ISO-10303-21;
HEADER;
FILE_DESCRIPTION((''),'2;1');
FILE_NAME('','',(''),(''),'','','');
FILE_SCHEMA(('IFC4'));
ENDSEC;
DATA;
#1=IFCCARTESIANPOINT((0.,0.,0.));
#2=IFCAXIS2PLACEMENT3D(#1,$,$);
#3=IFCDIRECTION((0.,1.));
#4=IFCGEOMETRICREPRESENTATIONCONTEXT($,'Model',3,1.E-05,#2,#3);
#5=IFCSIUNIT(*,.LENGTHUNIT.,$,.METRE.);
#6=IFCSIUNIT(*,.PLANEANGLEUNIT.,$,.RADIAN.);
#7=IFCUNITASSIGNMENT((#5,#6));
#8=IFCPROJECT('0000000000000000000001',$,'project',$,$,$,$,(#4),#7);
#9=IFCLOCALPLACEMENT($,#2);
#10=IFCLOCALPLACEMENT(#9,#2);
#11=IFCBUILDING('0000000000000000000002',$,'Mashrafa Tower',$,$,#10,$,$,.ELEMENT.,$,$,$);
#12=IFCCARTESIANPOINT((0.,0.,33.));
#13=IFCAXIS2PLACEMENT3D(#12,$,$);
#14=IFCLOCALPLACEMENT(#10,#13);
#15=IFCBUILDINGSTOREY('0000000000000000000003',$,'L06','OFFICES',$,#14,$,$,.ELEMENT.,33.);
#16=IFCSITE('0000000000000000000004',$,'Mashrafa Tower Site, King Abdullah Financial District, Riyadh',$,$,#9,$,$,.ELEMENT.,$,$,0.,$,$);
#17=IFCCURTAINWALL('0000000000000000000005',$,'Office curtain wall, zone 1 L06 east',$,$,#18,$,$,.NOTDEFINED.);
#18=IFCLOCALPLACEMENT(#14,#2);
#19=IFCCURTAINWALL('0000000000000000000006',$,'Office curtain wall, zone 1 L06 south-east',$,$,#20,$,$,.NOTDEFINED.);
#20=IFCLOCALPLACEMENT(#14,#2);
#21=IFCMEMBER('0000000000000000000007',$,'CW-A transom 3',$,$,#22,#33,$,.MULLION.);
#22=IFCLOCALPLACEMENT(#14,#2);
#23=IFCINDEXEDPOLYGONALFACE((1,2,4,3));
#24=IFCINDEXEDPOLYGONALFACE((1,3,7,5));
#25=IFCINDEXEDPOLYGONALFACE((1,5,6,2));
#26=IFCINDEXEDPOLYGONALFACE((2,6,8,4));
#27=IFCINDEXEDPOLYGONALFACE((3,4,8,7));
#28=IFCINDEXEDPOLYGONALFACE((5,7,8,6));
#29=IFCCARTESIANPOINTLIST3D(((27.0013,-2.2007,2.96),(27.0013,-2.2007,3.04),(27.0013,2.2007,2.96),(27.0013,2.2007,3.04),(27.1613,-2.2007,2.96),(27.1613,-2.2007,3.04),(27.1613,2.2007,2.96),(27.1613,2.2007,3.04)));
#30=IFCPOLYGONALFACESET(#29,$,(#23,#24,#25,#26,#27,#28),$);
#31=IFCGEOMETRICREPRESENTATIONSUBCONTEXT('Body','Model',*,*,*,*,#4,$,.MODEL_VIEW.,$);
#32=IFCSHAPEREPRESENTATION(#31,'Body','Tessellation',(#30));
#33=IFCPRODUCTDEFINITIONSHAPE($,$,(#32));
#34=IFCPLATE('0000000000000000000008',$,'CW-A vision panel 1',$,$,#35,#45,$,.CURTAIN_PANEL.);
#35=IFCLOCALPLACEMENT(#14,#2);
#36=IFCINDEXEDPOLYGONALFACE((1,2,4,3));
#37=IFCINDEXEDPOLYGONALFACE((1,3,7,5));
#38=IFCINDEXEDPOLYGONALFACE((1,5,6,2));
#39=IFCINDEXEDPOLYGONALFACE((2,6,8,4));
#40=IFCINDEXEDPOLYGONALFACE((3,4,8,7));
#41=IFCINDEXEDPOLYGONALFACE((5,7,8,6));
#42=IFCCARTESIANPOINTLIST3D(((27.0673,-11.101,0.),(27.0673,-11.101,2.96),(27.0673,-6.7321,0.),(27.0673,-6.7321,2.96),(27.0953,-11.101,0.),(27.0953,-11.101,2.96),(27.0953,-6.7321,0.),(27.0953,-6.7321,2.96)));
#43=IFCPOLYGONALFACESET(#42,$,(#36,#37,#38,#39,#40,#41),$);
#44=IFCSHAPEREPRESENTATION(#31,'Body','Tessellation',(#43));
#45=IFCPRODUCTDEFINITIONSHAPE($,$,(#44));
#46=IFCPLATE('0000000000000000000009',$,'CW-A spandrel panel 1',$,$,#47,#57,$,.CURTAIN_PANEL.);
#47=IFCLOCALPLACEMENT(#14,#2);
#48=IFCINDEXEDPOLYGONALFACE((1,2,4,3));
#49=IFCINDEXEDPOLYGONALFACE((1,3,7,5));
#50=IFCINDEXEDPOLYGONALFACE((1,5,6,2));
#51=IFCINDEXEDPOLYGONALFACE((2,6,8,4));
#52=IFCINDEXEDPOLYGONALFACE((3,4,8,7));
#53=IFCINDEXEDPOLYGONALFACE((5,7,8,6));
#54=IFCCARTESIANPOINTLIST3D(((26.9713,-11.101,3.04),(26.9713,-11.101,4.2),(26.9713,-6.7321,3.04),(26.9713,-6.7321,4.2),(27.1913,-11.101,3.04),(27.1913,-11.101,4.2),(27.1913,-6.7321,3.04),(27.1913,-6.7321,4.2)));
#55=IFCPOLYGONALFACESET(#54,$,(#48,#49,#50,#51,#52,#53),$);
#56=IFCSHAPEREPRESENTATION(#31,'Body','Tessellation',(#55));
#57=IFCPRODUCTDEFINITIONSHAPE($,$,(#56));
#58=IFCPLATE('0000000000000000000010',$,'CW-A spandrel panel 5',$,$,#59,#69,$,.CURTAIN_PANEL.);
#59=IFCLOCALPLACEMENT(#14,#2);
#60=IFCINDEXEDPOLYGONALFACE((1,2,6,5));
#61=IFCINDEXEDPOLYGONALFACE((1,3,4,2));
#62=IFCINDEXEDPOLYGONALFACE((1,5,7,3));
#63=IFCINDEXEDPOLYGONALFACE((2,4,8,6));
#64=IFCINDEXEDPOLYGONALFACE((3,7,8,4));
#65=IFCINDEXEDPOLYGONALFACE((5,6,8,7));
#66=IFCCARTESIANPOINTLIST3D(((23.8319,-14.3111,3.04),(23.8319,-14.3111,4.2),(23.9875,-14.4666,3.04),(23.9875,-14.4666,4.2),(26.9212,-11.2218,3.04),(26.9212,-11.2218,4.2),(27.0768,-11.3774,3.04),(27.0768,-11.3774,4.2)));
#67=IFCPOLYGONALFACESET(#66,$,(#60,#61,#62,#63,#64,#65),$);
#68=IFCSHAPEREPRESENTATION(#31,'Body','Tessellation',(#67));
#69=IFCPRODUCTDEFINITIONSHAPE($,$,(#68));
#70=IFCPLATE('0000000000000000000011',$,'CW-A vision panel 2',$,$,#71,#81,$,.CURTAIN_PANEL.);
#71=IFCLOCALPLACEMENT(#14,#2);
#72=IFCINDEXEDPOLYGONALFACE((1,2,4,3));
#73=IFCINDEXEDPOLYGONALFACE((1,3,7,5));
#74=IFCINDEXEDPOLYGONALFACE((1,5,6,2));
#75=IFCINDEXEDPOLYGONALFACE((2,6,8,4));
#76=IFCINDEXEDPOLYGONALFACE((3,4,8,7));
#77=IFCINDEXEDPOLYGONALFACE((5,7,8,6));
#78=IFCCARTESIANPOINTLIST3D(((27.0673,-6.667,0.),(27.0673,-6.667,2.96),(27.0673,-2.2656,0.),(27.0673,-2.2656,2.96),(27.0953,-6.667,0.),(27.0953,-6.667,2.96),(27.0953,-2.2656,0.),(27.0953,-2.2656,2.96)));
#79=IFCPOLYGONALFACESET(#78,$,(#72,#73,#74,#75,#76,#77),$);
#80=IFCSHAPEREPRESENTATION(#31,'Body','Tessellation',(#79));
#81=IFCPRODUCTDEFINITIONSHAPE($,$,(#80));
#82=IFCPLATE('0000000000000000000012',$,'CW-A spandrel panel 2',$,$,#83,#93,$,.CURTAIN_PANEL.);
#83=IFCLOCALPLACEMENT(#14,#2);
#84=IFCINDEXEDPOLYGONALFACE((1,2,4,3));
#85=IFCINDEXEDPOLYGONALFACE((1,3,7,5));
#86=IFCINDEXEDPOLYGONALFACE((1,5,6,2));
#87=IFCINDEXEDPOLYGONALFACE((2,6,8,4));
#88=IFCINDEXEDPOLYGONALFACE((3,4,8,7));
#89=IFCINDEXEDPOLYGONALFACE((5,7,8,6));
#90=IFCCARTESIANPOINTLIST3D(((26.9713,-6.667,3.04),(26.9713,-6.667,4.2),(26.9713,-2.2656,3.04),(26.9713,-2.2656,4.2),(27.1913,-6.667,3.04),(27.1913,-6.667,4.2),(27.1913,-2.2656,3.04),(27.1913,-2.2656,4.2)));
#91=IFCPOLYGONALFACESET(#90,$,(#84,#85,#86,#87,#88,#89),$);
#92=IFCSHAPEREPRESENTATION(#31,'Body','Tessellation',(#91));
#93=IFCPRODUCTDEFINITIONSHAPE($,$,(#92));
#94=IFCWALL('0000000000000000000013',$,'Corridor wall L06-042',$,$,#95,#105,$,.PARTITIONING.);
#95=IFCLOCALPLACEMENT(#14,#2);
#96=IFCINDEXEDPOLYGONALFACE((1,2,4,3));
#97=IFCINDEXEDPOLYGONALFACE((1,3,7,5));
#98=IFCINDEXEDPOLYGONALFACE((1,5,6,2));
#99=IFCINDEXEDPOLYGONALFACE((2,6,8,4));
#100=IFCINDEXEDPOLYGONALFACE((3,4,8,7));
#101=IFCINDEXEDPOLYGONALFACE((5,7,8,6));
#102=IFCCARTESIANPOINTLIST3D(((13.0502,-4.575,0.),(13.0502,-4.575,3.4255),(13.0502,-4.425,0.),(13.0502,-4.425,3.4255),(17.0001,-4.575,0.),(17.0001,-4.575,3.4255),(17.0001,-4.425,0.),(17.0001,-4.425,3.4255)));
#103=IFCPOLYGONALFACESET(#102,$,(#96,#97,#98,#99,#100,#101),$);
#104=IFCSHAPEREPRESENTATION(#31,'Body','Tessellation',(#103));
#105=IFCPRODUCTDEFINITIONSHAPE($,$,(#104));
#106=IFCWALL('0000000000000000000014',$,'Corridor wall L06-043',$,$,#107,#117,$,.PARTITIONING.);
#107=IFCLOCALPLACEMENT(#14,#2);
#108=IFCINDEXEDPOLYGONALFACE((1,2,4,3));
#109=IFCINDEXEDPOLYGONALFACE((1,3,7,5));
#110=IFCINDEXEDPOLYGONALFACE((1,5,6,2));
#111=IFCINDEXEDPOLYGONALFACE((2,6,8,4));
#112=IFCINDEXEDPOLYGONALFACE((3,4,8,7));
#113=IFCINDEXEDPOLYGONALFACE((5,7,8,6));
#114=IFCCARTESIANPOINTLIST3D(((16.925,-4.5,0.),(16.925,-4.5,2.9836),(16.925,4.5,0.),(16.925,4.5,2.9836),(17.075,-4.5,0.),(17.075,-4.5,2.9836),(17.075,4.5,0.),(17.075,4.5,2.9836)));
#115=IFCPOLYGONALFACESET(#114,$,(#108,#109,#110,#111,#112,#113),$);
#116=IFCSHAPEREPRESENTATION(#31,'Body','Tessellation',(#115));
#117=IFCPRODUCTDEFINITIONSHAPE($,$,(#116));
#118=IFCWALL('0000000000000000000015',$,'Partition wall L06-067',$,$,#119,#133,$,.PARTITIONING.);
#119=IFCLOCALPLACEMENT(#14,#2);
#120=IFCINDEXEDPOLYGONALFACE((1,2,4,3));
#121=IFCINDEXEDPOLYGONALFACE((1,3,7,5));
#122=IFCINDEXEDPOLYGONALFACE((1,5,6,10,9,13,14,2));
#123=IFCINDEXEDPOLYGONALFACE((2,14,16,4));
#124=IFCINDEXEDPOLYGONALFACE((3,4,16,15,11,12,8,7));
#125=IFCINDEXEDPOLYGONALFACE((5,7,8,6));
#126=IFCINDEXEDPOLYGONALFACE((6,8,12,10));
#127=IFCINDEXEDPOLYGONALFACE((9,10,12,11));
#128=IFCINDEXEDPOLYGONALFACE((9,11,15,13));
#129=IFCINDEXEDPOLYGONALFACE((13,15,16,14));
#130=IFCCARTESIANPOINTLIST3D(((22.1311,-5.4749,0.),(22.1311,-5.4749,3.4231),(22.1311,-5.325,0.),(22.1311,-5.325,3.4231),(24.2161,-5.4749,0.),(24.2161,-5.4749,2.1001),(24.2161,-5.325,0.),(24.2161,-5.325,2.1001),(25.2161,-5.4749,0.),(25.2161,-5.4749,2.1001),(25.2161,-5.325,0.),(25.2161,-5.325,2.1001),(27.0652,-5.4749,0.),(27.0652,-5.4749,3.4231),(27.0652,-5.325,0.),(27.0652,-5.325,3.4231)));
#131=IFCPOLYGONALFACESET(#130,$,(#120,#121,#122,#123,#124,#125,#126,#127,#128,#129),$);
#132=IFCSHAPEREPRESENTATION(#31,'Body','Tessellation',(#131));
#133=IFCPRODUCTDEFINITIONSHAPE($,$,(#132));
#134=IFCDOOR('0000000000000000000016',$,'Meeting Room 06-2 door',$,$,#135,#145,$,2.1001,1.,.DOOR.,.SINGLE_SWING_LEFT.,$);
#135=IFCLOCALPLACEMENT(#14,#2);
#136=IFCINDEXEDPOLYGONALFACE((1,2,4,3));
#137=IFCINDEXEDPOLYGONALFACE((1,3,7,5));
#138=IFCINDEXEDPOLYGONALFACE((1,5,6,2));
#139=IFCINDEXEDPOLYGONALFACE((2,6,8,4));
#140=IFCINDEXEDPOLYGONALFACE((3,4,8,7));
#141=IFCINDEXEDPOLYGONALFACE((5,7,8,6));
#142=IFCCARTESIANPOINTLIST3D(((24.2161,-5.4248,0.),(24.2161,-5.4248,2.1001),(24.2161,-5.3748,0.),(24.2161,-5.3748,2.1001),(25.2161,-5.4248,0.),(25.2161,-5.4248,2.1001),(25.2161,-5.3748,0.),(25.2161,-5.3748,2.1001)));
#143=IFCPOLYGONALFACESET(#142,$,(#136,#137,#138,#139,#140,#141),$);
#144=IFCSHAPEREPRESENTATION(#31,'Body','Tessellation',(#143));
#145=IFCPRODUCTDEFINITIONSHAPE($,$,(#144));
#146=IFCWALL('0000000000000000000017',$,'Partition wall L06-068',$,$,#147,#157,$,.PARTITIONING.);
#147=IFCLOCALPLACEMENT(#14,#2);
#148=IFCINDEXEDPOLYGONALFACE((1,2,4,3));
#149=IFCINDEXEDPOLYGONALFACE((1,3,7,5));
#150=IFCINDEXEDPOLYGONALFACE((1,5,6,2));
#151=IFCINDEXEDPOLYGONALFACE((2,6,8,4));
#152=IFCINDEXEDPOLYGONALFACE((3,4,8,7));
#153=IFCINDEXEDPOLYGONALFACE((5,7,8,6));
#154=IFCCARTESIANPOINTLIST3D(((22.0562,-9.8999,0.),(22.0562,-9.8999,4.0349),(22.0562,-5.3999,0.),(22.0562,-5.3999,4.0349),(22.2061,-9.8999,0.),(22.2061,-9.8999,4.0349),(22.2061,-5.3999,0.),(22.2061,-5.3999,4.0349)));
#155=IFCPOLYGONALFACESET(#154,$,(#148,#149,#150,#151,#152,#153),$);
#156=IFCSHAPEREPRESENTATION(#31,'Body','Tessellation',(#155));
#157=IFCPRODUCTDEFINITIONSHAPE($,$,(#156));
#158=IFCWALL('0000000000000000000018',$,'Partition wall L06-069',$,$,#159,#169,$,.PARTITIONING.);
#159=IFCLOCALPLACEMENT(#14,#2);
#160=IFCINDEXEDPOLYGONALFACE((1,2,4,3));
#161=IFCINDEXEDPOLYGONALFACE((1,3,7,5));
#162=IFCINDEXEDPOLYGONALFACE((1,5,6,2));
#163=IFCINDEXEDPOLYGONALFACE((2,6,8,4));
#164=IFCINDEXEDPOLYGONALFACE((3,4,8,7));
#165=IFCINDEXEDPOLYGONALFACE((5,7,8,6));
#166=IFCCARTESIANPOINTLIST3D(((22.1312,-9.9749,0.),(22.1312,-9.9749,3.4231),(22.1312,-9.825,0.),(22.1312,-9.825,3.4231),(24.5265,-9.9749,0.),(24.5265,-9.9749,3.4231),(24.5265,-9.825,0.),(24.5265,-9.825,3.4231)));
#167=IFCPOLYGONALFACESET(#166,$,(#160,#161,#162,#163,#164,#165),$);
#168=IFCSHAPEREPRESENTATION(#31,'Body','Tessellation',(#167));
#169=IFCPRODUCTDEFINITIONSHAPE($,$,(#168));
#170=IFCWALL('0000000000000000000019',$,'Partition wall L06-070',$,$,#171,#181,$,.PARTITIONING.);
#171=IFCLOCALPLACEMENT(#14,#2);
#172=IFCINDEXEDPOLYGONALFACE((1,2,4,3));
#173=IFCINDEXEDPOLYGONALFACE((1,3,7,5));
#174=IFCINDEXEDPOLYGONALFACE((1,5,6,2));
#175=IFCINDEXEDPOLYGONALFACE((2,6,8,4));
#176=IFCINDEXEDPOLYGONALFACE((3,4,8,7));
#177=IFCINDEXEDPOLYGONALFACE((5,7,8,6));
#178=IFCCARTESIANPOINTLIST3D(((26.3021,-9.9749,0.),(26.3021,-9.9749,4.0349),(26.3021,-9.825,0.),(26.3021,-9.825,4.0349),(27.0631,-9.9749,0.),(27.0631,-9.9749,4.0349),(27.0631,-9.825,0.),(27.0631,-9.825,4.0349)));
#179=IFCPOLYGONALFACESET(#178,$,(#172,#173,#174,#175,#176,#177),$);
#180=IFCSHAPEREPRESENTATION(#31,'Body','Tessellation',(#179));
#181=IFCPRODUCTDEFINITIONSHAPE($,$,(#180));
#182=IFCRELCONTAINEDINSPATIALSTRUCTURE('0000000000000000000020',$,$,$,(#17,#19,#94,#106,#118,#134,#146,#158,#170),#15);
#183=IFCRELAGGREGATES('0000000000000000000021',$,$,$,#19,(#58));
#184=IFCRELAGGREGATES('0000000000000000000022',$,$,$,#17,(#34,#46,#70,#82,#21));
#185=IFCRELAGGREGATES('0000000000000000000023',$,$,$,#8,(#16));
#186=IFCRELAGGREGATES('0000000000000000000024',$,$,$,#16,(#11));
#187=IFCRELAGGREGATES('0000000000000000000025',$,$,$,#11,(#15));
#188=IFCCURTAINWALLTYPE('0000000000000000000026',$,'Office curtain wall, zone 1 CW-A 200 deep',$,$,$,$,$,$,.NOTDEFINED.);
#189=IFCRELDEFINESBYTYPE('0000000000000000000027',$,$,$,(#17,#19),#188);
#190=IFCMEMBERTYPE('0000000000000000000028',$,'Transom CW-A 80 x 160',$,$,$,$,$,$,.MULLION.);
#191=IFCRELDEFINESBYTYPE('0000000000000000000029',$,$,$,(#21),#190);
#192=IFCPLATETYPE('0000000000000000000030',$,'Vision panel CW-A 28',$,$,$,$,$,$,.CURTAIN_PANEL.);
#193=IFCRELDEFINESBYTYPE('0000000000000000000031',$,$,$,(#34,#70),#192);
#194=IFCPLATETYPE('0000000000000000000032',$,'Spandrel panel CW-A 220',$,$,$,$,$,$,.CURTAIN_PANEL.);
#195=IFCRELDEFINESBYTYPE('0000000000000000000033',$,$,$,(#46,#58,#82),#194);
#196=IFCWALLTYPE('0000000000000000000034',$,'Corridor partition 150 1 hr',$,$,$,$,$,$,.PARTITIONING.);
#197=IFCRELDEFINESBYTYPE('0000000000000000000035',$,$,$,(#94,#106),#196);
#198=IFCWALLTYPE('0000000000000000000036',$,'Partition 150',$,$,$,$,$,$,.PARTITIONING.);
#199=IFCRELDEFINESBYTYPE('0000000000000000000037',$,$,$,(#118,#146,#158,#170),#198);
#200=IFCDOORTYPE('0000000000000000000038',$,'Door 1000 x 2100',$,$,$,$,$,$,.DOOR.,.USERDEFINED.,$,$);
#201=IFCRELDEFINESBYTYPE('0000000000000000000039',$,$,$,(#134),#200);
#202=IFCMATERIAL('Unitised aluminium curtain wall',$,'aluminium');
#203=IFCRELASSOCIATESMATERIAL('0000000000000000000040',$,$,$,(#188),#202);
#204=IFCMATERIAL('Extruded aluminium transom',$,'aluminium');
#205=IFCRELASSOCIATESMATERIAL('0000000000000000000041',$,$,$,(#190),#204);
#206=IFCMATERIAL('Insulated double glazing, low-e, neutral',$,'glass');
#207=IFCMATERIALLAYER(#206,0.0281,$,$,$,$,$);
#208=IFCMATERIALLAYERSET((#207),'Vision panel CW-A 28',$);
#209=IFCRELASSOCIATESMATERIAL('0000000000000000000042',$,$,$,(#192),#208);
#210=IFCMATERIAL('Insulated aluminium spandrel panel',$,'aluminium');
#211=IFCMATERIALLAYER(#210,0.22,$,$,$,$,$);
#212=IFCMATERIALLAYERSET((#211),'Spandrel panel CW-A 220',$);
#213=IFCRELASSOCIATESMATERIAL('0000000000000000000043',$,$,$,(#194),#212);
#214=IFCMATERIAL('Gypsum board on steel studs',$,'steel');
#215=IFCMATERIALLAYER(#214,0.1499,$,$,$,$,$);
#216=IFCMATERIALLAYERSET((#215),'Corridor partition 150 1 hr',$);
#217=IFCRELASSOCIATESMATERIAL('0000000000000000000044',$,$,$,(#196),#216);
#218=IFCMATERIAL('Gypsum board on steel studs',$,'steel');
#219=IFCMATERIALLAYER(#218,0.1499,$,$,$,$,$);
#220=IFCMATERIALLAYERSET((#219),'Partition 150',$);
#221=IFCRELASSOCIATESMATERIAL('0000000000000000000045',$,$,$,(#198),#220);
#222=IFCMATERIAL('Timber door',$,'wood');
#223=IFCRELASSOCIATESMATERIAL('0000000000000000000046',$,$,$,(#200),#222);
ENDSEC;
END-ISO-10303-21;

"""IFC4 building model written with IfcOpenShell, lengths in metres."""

from ifc_helpers import new_model, si_unit, direction, frame, frame_2d, origin, origin_2d, place, context, subcontext, project, spatial, rectangle, extrude, source, transform, mapped, material, layer, layer_set, material_profile, profile_set, type_object, type_shapes, element, fill, aggregate, save


model = new_model("IFC4")

# Units and contexts
model_context = context("Model", 3, precision=1e-05, world=origin(), true_north=direction((0.0, 1.0)))
body_context = subcontext(model_context, "Body", "Model", "MODEL_VIEW")
ifc_project = project(units=[si_unit("LENGTHUNIT", "METRE"), si_unit("PLANEANGLEUNIT", "RADIAN")], contexts=[model_context])

# Site, building, storey
site_placement = place(None, origin())
site = spatial("IfcSite", under=ifc_project, at=site_placement, Name="Mashrafa Tower Site, King Abdullah Financial District, Riyadh", CompositionType="ELEMENT", RefElevation=0.0)
building_placement = place(site_placement, origin())
building = spatial("IfcBuilding", under=site, at=building_placement, Name="Mashrafa Tower", CompositionType="ELEMENT")
storey_placement = place(building_placement, frame((0.0, 0.0, 33.0)))
storey = spatial("IfcBuildingStorey", under=building, at=storey_placement, Name="L06", Description="OFFICES", CompositionType="ELEMENT", Elevation=33.0)

# Curtain wall
ifc_material_1 = material(Name="Unitised aluminium curtain wall", Category="aluminium")
curtain_wall_type = type_object("IfcCurtainWallType", Name="Office curtain wall, zone 1 CW-A 200 deep", PredefinedType="NOTDEFINED", material=ifc_material_1)
curtain_wall_1_placement = place(storey_placement, origin())
curtain_wall_1 = element("IfcCurtainWall", 1, at=curtain_wall_1_placement, inside=storey, type_object=curtain_wall_type, Name="Office curtain wall, zone 1 L06 east", PredefinedType="NOTDEFINED")

# Curtain wall
curtain_wall_2_placement = place(storey_placement, origin())
curtain_wall_2 = element("IfcCurtainWall", 2, at=curtain_wall_2_placement, inside=storey, type_object=curtain_wall_type, Name="Office curtain wall, zone 1 L06 south-east", PredefinedType="NOTDEFINED")

# Member
ifc_material_2 = material(Name="Extruded aluminium transom", Category="aluminium")
ifc_material_profile_1 = material_profile(ifc_material_2, rectangle(XDim=0.1599, YDim=0.0801, at=origin_2d()), Name="Transom 80x160")
ifc_profile_set_1 = profile_set([ifc_material_profile_1], Name="Extruded aluminium transom")
member_type_1 = type_object("IfcMemberType", Name="Transom CW-A 80 x 160", PredefinedType="MULLION", material=ifc_profile_set_1)
shared_shape_1 = source(origin(), body_context, "Body", "SweptSolid", [
    extrude(rectangle(XDim=0.1599, YDim=0.0801, at=origin_2d()), origin(), (0.0, 0.0, 1.0), 4.4014),
])
member_1_placement = place(storey_placement, frame((27.0813, -2.2007, 3.0), z_axis=(0.0, 1.0, 0.0), x_axis=(-1.0, 0.0, 0.0)))
member_1 = element("IfcMember", 3, at=member_1_placement, type_object=member_type_1, Name="CW-A transom 3", PredefinedType="MULLION", context=body_context, shape_type="MappedRepresentation", body=[
    mapped(shared_shape_1, transform((0.0, 0.0, 0.0))),
])

# Plates
ifc_material_3 = material(Name="Insulated double glazing, low-e, neutral", Category="glass")
ifc_layer_1 = layer(ifc_material_3, 0.0281)
ifc_layer_set_1 = layer_set([ifc_layer_1], Name="Vision panel CW-A 28")
plate_type_1 = type_object("IfcPlateType", Name="Vision panel CW-A 28", PredefinedType="CURTAIN_PANEL", material=ifc_layer_set_1)
shared_shape_2 = source(origin(), body_context, "Body", "SweptSolid", [
    extrude(rectangle(XDim=4.3689, YDim=0.0281, at=origin_2d()), origin(), (0.0, 0.0, 1.0), 2.96),
])
plate_1_placement = place(storey_placement, frame((27.0813, -8.9165, 0.0), z_axis=(0.0, 0.0, 1.0), x_axis=(0.0, 1.0, 0.0)))
plate_1 = element("IfcPlate", 4, at=plate_1_placement, type_object=plate_type_1, Name="CW-A vision panel 1", PredefinedType="CURTAIN_PANEL", context=body_context, shape_type="MappedRepresentation", body=[
    mapped(shared_shape_2, transform((0.0, 0.0, 0.0))),
])
ifc_material_4 = material(Name="Insulated aluminium spandrel panel", Category="aluminium")
ifc_layer_2 = layer(ifc_material_4, 0.22)
ifc_layer_set_2 = layer_set([ifc_layer_2], Name="Spandrel panel CW-A 220")
plate_type_2 = type_object("IfcPlateType", Name="Spandrel panel CW-A 220", PredefinedType="CURTAIN_PANEL", material=ifc_layer_set_2)
shared_shape_3 = source(origin(), body_context, "Body", "SweptSolid", [
    extrude(rectangle(XDim=4.3689, YDim=0.22, at=origin_2d()), origin(), (0.0, 0.0, 1.0), 1.1599),
])
plate_2_placement = place(storey_placement, frame((27.0813, -8.9165, 3.04), z_axis=(0.0, 0.0, 1.0), x_axis=(0.0, 1.0, 0.0)))
plate_2 = element("IfcPlate", 5, at=plate_2_placement, type_object=plate_type_2, Name="CW-A spandrel panel 1", PredefinedType="CURTAIN_PANEL", context=body_context, shape_type="MappedRepresentation", body=[
    mapped(shared_shape_3, transform((0.0, 0.0, 0.0))),
])
plate_3_placement = place(storey_placement, frame((25.4543, -12.8442, 3.04), z_axis=(0.0, 0.0, 1.0), x_axis=(0.707107, 0.707107, 0.0)))
plate_3 = element("IfcPlate", 6, at=plate_3_placement, type_object=plate_type_2, Name="CW-A spandrel panel 5", PredefinedType="CURTAIN_PANEL", context=body_context, shape_type="MappedRepresentation", body=[
    mapped(shared_shape_3, transform((0.0, 0.0, 0.0))),
])
aggregate(curtain_wall_2, [plate_3])
shared_shape_4 = source(origin(), body_context, "Body", "SweptSolid", [
    extrude(rectangle(XDim=4.4014, YDim=0.0281, at=origin_2d()), origin(), (0.0, 0.0, 1.0), 2.96),
])
type_shapes(plate_type_1, [shared_shape_2, shared_shape_4])
plate_4_placement = place(storey_placement, frame((27.0813, -4.4663, 0.0), z_axis=(0.0, 0.0, 1.0), x_axis=(0.0, 1.0, 0.0)))
plate_4 = element("IfcPlate", 7, at=plate_4_placement, type_object=plate_type_1, Name="CW-A vision panel 2", PredefinedType="CURTAIN_PANEL", context=body_context, shape_type="MappedRepresentation", body=[
    mapped(shared_shape_4, transform((0.0, 0.0, 0.0))),
])
shared_shape_5 = source(origin(), body_context, "Body", "SweptSolid", [
    extrude(rectangle(XDim=4.4014, YDim=0.22, at=origin_2d()), origin(), (0.0, 0.0, 1.0), 1.1599),
])
type_shapes(plate_type_2, [shared_shape_3, shared_shape_5])
plate_5_placement = place(storey_placement, frame((27.0813, -4.4663, 3.04), z_axis=(0.0, 0.0, 1.0), x_axis=(0.0, 1.0, 0.0)))
plate_5 = element("IfcPlate", 8, at=plate_5_placement, type_object=plate_type_2, Name="CW-A spandrel panel 2", PredefinedType="CURTAIN_PANEL", context=body_context, shape_type="MappedRepresentation", body=[
    mapped(shared_shape_5, transform((0.0, 0.0, 0.0))),
])
aggregate(curtain_wall_1, [plate_1, plate_2, plate_4, plate_5, member_1])

# Shared definitions
ifc_material_5 = material(Name="Gypsum board on steel studs", Category="steel")
ifc_layer_3 = layer(ifc_material_5, 0.1499)
ifc_layer_set_3 = layer_set([ifc_layer_3], Name="Corridor partition 150 1 hr")
wall_type_1 = type_object("IfcWallType", Name="Corridor partition 150 1 hr", PredefinedType="PARTITIONING", material=ifc_layer_set_3)

# Walls
wall_1_placement = place(storey_placement, frame((13.05, -4.5, 0.0), z_axis=(0.0, 0.0, 1.0), x_axis=(1.0, 0.0, 0.0)))
element("IfcWall", 9, at=wall_1_placement, inside=storey, type_object=wall_type_1, Name="Corridor wall L06-042", PredefinedType="PARTITIONING", context=body_context, shape_type="SweptSolid", body=[
    extrude(rectangle(XDim=3.95, YDim=0.1499, at=frame_2d((1.9751, 0.0))), origin(), (0.0, 0.0, 1.0), 3.4255),
])
wall_2_placement = place(storey_placement, frame((17.0, -4.5, 0.0), z_axis=(0.0, 0.0, 1.0), x_axis=(0.0, 1.0, 0.0)))
element("IfcWall", 10, at=wall_2_placement, inside=storey, type_object=wall_type_1, Name="Corridor wall L06-043", PredefinedType="PARTITIONING", context=body_context, shape_type="SweptSolid", body=[
    extrude(rectangle(XDim=9.0, YDim=0.1499, at=frame_2d((4.5, 0.0))), origin(), (0.0, 0.0, 1.0), 2.9836),
])

# Wall, opening, door
ifc_material_6 = material(Name="Gypsum board on steel studs", Category="steel")
ifc_layer_4 = layer(ifc_material_6, 0.1499)
ifc_layer_set_4 = layer_set([ifc_layer_4], Name="Partition 150")
wall_type_2 = type_object("IfcWallType", Name="Partition 150", PredefinedType="PARTITIONING", material=ifc_layer_set_4)
wall_3_placement = place(storey_placement, frame((27.0652, -5.3999, 0.0), z_axis=(0.0, 0.0, 1.0), x_axis=(-1.0, 0.0, 0.0)))
wall_3 = element("IfcWall", 11, at=wall_3_placement, inside=storey, type_object=wall_type_2, Name="Partition wall L06-067", PredefinedType="PARTITIONING", context=body_context, shape_type="SweptSolid", body=[
    extrude(rectangle(XDim=4.9341, YDim=0.1499, at=frame_2d((2.467, 0.0))), origin(), (0.0, 0.0, 1.0), 3.4231),
])
opening_1_placement = place(wall_3_placement, frame((1.8491, 0.0, 0.0)))
opening_1 = element("IfcOpeningElement", 12, at=opening_1_placement, cuts=wall_3, PredefinedType="OPENING", context=body_context, shape_type="SweptSolid", body=[
    extrude(rectangle(XDim=1.0, YDim=2.1001, at=frame_2d((0.5, 1.05))), frame((0.0, 0.085, 0.0), z_axis=(0.0, -1.0, 0.0), x_axis=(1.0, 0.0, 0.0)), (0.0, 0.0, 1.0), 0.1699),
])
ifc_material_7 = material(Name="Timber door", Category="wood")
door_type_1 = type_object("IfcDoorType", Name="Door 1000 x 2100", OperationType="USERDEFINED", PredefinedType="DOOR", material=ifc_material_7)
door_1_placement = place(opening_1_placement, origin())
door_1 = element("IfcDoor", 13, at=door_1_placement, inside=storey, type_object=door_type_1, Name="Meeting Room 06-2 door", OperationType="SINGLE_SWING_LEFT", OverallHeight=2.1001, OverallWidth=1.0, PredefinedType="DOOR", context=body_context, shape_type="SweptSolid", body=[
    extrude(rectangle(XDim=1.0, YDim=2.1001, at=frame_2d((0.5, 1.05))), frame((0.0, 0.0249, 0.0), z_axis=(0.0, -1.0, 0.0), x_axis=(1.0, 0.0, 0.0)), (0.0, 0.0, 1.0), 0.05),
])
fill(opening_1, door_1)

# Walls
wall_4_placement = place(storey_placement, frame((22.1311, -5.3999, 0.0), z_axis=(0.0, 0.0, 1.0), x_axis=(0.0, -1.0, 0.0)))
element("IfcWall", 14, at=wall_4_placement, inside=storey, type_object=wall_type_2, Name="Partition wall L06-068", PredefinedType="PARTITIONING", context=body_context, shape_type="SweptSolid", body=[
    extrude(rectangle(XDim=4.5, YDim=0.1499, at=frame_2d((2.25, 0.0))), origin(), (0.0, 0.0, 1.0), 4.0349),
])
wall_5_placement = place(storey_placement, frame((22.1311, -9.8999, 0.0), z_axis=(0.0, 0.0, 1.0), x_axis=(1.0, 0.0, 0.0)))
element("IfcWall", 15, at=wall_5_placement, inside=storey, type_object=wall_type_2, Name="Partition wall L06-069", PredefinedType="PARTITIONING", context=body_context, shape_type="SweptSolid", body=[
    extrude(rectangle(XDim=2.3953, YDim=0.1499, at=frame_2d((1.1978, 0.0))), origin(), (0.0, 0.0, 1.0), 3.4231),
])
wall_6_placement = place(storey_placement, frame((26.3022, -9.8999, 0.0), z_axis=(0.0, 0.0, 1.0), x_axis=(1.0, 0.0, 0.0)))
element("IfcWall", 16, at=wall_6_placement, inside=storey, type_object=wall_type_2, Name="Partition wall L06-070", PredefinedType="PARTITIONING", context=body_context, shape_type="SweptSolid", body=[
    extrude(rectangle(XDim=0.761, YDim=0.1499, at=frame_2d((0.3804, 0.0))), origin(), (0.0, 0.0, 1.0), 4.0349),
])

save(model, "model.ifc")
